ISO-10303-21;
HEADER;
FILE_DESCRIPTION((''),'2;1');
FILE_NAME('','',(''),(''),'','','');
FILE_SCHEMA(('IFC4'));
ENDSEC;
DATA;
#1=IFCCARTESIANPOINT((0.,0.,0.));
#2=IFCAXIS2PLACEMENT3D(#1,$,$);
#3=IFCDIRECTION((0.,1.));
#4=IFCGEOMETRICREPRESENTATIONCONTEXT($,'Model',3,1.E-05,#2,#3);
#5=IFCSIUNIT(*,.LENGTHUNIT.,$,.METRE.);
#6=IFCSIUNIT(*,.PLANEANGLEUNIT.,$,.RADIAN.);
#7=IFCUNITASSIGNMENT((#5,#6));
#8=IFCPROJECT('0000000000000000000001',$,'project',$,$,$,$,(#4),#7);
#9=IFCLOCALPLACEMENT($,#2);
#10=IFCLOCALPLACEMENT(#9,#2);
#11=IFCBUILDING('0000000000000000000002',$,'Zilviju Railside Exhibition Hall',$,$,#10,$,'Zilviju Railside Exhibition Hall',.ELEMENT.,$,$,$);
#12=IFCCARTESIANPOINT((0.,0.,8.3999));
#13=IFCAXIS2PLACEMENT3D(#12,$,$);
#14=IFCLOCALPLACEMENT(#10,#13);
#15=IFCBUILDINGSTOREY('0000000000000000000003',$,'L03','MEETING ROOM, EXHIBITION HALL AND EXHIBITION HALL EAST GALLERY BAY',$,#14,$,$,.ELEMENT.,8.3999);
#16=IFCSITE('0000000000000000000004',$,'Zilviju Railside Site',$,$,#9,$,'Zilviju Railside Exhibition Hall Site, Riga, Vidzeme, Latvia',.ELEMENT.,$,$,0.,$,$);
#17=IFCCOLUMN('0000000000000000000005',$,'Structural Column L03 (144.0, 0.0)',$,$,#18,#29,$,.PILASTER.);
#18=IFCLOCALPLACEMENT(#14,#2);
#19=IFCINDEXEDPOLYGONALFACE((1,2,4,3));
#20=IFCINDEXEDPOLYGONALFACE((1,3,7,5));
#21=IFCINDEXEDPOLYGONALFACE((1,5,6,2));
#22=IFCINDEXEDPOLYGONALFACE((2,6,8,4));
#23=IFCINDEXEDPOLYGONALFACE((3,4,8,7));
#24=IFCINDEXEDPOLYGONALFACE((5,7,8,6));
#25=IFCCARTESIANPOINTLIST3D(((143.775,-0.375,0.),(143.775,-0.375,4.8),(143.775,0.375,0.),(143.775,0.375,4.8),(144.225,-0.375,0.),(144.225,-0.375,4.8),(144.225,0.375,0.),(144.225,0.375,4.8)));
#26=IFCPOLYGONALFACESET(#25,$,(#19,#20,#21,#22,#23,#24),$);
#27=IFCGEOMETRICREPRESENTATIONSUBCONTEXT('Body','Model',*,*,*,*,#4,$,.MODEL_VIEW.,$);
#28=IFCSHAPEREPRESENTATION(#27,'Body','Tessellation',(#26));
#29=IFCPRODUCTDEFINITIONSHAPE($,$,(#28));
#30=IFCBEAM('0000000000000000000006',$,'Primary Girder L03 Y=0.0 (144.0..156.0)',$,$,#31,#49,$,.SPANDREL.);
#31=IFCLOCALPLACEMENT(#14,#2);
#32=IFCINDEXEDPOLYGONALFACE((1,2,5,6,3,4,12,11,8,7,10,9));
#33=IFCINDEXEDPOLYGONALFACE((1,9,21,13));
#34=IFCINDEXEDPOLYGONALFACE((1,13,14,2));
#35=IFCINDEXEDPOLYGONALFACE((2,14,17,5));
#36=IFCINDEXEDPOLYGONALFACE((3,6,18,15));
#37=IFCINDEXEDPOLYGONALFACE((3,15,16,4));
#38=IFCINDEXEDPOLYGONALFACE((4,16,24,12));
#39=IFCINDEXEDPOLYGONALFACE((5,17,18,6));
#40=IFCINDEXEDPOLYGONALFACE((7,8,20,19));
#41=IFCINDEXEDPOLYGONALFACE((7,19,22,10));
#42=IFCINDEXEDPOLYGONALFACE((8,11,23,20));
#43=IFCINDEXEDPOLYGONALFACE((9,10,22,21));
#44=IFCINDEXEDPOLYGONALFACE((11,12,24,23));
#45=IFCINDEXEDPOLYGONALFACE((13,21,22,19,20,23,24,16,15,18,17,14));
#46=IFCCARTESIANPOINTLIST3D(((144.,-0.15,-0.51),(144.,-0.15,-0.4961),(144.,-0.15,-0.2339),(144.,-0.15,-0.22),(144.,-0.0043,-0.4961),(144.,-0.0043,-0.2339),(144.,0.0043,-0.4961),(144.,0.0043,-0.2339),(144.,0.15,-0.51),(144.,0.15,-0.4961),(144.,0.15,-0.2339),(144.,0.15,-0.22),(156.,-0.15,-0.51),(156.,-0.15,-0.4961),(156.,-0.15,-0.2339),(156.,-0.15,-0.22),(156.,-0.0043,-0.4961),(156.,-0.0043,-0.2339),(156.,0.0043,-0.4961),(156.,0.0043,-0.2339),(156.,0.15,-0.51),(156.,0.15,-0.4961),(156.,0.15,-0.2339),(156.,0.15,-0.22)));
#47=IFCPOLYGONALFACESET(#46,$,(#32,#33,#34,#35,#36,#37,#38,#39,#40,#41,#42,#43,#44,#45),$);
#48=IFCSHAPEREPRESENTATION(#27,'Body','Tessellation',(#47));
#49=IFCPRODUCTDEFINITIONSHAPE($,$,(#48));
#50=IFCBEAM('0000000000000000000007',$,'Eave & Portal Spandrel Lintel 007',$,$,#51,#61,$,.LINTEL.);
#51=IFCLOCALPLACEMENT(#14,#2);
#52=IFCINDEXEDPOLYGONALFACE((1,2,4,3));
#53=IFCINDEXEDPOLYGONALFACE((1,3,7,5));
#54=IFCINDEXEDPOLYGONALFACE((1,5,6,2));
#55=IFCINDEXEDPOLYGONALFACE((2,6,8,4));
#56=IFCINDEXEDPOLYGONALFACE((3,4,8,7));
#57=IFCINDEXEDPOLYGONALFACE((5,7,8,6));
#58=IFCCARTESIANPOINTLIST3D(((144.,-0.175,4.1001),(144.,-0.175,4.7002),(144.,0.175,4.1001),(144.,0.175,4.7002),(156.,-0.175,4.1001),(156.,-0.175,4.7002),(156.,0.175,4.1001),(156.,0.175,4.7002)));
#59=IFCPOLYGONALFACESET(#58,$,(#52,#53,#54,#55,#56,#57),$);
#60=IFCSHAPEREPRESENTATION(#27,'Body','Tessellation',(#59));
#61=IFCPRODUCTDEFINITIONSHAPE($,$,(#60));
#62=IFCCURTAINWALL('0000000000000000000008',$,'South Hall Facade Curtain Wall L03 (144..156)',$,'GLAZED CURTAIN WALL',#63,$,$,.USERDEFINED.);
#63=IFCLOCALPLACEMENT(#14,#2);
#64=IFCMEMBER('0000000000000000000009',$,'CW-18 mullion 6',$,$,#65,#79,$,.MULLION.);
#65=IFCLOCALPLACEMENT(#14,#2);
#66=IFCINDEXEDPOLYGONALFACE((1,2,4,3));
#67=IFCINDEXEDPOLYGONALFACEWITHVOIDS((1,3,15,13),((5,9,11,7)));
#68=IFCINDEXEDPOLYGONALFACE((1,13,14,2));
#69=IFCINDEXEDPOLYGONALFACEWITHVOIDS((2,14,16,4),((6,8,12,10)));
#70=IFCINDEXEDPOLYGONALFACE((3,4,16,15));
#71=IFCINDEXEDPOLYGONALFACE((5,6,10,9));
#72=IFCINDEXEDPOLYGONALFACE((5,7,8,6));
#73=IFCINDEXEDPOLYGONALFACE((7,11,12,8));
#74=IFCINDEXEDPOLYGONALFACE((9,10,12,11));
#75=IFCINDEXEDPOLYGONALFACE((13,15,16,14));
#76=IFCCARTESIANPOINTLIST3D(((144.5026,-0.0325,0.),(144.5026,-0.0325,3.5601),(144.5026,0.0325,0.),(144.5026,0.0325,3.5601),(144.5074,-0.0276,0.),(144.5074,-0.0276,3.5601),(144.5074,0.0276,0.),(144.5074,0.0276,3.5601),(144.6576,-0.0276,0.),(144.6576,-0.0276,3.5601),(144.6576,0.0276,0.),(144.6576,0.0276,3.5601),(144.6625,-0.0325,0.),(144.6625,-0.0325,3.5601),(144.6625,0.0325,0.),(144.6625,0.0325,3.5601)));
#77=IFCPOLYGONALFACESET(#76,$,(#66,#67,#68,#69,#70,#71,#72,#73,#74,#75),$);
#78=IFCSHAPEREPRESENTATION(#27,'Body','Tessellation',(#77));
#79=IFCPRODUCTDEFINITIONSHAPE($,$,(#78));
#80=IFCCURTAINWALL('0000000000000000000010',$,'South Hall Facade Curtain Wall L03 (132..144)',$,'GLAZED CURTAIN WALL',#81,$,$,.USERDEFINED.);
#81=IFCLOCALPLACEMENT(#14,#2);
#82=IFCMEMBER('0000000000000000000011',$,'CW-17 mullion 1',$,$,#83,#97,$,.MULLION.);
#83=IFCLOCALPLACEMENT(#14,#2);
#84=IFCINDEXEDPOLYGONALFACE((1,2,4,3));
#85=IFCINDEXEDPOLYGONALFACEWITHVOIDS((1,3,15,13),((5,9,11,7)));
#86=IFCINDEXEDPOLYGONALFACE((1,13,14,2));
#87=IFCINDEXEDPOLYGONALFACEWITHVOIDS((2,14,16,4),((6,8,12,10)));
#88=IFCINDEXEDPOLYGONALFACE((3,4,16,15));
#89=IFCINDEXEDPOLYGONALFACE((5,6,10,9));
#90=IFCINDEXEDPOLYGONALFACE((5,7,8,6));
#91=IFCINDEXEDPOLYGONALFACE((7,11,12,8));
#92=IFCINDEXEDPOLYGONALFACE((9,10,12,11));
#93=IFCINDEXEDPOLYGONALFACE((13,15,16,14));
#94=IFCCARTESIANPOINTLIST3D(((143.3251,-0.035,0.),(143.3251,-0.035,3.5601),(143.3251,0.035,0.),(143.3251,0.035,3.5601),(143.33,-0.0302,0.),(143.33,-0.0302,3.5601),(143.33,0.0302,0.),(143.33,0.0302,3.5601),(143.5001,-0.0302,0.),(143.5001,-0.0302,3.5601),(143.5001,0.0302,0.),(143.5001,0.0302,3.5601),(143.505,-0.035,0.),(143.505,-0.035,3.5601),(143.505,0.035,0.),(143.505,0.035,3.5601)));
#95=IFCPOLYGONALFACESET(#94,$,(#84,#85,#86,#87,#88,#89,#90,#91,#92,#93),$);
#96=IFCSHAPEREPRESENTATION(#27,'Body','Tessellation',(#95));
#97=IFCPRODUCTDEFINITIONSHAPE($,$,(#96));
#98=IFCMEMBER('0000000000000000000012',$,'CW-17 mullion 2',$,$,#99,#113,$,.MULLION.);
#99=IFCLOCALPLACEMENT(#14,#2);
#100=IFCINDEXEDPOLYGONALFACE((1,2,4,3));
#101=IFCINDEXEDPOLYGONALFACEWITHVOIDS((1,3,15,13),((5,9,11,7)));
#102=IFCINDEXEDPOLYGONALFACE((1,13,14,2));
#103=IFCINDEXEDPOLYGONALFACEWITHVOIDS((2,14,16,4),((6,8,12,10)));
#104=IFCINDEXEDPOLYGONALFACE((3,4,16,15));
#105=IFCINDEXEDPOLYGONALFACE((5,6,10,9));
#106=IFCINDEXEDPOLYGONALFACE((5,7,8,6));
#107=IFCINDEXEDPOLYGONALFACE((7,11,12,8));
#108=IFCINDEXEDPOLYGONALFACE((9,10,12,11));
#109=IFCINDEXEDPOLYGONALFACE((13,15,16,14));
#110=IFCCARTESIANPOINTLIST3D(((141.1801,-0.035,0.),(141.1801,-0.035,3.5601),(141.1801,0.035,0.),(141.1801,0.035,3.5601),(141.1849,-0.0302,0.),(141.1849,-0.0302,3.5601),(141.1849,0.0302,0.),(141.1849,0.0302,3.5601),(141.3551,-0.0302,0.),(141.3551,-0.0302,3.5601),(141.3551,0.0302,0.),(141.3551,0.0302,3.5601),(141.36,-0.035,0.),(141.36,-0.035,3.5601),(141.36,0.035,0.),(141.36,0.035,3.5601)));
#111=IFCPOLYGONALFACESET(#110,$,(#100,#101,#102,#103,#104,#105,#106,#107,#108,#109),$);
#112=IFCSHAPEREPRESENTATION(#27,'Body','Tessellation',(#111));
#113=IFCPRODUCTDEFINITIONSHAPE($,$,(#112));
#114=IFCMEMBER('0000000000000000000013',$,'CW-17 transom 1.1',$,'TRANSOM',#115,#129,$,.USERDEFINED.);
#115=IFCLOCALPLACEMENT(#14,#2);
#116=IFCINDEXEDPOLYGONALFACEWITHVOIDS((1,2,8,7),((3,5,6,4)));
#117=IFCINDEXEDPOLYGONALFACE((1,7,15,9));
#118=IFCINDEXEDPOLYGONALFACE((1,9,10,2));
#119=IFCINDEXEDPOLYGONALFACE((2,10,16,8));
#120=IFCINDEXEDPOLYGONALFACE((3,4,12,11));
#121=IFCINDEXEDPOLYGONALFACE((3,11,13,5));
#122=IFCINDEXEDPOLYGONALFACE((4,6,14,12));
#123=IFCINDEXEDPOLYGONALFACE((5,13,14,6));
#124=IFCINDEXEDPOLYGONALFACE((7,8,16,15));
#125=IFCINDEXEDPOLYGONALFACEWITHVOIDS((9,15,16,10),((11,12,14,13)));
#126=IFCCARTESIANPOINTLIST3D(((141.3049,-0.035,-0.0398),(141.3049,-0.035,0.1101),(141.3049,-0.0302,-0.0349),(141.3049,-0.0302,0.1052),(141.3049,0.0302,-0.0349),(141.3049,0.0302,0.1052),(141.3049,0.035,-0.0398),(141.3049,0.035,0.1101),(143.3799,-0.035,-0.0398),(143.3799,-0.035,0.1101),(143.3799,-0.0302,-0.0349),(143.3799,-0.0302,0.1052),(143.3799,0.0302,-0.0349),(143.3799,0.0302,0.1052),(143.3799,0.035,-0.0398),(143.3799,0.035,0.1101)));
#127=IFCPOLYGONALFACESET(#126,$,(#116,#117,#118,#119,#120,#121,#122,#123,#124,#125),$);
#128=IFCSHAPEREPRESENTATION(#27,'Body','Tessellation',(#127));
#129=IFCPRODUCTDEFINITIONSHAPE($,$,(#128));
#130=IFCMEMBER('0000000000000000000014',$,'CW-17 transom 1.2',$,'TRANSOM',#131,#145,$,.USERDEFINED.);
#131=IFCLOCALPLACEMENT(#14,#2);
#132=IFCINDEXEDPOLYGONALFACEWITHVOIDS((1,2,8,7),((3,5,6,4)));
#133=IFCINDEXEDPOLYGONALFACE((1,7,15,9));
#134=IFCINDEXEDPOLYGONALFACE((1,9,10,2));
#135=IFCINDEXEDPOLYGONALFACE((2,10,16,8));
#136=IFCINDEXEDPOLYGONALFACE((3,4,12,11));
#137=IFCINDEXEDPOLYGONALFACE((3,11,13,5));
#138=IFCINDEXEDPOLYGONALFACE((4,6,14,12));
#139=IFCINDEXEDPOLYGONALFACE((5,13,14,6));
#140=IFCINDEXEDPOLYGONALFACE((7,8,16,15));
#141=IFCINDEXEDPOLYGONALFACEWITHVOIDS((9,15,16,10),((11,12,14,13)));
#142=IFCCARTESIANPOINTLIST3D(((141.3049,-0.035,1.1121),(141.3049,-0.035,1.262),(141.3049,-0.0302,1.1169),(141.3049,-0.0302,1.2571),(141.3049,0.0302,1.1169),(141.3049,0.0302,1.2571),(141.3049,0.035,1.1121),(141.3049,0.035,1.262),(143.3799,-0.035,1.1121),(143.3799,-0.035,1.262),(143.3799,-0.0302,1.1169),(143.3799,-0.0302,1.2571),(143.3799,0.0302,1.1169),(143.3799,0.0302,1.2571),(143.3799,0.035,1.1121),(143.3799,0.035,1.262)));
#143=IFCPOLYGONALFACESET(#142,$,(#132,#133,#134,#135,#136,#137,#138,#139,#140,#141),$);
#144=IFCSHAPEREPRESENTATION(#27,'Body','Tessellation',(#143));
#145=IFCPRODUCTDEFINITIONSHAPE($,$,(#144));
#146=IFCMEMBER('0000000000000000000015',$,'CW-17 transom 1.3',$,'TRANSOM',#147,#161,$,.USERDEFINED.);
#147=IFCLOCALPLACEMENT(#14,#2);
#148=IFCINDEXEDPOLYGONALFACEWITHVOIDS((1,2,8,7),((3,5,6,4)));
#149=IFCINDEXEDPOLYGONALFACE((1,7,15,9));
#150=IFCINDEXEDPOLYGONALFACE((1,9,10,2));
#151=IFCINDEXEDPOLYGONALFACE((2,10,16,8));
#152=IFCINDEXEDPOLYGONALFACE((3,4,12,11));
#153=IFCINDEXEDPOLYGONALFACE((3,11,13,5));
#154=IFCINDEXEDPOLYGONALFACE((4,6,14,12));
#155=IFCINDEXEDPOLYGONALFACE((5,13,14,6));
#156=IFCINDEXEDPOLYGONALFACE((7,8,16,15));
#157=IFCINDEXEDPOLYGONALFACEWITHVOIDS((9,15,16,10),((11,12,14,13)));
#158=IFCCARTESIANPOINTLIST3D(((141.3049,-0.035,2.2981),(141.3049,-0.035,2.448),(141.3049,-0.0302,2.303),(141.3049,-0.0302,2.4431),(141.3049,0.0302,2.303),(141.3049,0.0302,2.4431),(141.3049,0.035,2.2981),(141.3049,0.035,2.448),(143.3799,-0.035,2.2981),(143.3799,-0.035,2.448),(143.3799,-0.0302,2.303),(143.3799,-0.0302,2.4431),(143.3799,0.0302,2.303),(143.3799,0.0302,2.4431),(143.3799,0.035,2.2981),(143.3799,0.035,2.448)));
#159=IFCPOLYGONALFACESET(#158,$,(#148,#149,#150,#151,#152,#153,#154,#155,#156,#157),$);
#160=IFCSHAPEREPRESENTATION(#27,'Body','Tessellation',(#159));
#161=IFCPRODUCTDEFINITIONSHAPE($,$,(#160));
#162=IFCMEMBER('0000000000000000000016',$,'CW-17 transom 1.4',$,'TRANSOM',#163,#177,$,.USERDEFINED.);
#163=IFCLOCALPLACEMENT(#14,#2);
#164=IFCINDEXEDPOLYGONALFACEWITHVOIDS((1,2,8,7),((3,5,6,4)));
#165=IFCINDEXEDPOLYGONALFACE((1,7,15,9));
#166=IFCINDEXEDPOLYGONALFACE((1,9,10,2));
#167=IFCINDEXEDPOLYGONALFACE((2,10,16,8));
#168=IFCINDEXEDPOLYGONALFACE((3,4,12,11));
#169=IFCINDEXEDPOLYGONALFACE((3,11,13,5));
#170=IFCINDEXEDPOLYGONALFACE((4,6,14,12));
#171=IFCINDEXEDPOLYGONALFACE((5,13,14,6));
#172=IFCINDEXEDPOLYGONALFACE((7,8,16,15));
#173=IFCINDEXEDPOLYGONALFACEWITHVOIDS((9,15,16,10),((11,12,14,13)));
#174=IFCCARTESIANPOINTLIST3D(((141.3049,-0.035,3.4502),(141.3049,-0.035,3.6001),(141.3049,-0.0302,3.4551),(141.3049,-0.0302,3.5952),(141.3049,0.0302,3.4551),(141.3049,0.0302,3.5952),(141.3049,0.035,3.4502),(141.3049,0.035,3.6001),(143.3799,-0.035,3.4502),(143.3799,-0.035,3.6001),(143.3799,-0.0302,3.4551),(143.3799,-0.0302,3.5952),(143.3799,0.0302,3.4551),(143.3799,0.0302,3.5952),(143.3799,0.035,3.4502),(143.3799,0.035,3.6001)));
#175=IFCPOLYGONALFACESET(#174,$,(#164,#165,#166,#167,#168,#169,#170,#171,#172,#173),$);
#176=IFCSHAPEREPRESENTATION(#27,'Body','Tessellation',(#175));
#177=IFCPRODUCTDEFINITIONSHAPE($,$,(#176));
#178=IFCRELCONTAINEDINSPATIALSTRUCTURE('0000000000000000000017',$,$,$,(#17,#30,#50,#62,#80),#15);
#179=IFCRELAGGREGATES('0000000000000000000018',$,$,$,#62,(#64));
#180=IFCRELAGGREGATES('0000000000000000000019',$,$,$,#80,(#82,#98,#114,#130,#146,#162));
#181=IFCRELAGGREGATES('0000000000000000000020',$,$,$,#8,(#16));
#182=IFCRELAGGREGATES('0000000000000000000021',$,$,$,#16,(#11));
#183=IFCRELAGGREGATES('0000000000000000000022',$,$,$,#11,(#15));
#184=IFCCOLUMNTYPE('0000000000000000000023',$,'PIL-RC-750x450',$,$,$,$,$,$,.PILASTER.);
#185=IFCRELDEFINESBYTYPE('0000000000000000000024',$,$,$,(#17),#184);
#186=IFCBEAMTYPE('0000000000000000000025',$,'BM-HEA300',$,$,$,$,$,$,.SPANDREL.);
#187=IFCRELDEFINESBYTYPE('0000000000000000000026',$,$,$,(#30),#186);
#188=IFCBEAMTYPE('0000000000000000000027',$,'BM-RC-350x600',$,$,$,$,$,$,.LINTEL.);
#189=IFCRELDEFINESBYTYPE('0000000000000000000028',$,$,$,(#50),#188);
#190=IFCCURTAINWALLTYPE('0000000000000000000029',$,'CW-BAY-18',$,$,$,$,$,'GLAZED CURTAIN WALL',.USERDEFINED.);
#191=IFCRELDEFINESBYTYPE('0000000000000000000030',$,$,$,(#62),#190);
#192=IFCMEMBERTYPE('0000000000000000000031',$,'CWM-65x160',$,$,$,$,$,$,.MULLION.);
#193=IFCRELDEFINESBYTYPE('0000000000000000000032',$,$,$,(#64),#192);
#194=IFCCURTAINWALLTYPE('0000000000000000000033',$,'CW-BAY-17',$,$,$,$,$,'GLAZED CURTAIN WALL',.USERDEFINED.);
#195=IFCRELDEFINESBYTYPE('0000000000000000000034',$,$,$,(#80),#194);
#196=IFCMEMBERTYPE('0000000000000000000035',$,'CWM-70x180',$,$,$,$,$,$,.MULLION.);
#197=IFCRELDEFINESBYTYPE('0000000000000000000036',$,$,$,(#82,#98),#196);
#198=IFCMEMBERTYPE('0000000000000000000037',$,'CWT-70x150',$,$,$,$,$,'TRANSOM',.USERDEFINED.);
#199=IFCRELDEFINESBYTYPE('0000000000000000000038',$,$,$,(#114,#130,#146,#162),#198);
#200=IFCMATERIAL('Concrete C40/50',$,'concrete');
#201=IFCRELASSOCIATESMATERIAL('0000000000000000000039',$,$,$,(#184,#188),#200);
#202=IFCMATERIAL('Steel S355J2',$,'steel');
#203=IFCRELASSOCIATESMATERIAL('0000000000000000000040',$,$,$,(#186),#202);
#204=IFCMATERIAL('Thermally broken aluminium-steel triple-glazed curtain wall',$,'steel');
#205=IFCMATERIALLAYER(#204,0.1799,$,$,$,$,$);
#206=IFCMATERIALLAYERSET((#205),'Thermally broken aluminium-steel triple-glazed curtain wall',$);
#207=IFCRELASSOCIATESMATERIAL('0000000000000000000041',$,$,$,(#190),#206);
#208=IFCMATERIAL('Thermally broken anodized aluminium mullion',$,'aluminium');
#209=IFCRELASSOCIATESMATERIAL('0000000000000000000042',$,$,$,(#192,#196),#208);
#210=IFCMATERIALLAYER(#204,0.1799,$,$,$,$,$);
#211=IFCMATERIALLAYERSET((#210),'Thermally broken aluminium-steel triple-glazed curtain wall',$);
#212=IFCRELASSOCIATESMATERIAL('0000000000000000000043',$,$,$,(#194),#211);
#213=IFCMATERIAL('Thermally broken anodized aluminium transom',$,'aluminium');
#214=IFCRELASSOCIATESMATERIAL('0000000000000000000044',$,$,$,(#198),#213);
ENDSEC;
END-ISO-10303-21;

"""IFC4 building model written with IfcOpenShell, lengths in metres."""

from ifc_helpers import new_model, si_unit, direction, frame, origin, origin_2d, place, context, subcontext, project, spatial, rectangle, hollow_rectangle, i_section, extrude, material, layer, layer_set, material_profile, profile_set, type_object, element, aggregate, save


model = new_model("IFC4")

# Units and contexts
model_context = context("Model", 3, precision=1e-05, world=origin(), true_north=direction((0.0, 1.0)))
body_context = subcontext(model_context, "Body", "Model", "MODEL_VIEW")
ifc_project = project(units=[si_unit("LENGTHUNIT", "METRE"), si_unit("PLANEANGLEUNIT", "RADIAN")], contexts=[model_context])

# Site, building, storey
site_placement = place(None, origin())
site = spatial("IfcSite", under=ifc_project, at=site_placement, Name="Zilviju Railside Site", LongName="Zilviju Railside Exhibition Hall Site, Riga, Vidzeme, Latvia", CompositionType="ELEMENT", RefElevation=0.0)
building_placement = place(site_placement, origin())
building = spatial("IfcBuilding", under=site, at=building_placement, Name="Zilviju Railside Exhibition Hall", LongName="Zilviju Railside Exhibition Hall", CompositionType="ELEMENT")
storey_placement = place(building_placement, frame((0.0, 0.0, 8.3999)))
storey = spatial("IfcBuildingStorey", under=building, at=storey_placement, Name="L03", Description="MEETING ROOM, EXHIBITION HALL AND EXHIBITION HALL EAST GALLERY BAY", CompositionType="ELEMENT", Elevation=8.3999)

# Column
ifc_material_1 = material(Name="Concrete C40/50", Category="concrete")
ifc_material_profile_1 = material_profile(ifc_material_1, rectangle(XDim=0.45, YDim=0.75, at=origin_2d()), Name="RC COL 450x750")
ifc_profile_set_1 = profile_set([ifc_material_profile_1], Name="Concrete C40/50")
column_type = type_object("IfcColumnType", Name="PIL-RC-750x450", PredefinedType="PILASTER", material=ifc_profile_set_1)
column_placement = place(storey_placement, frame((144.0, 0.0, 0.0), z_axis=(0.0, 0.0, 1.0), x_axis=(1.0, 0.0, 0.0)))
element("IfcColumn", 1, at=column_placement, inside=storey, type_object=column_type, Name="Structural Column L03 (144.0, 0.0)", PredefinedType="PILASTER", context=body_context, shape_type="SweptSolid", body=[
    extrude(rectangle(XDim=0.45, YDim=0.75, at=origin_2d()), origin(), (0.0, 0.0, 1.0), 4.8),
])

# Beams
ifc_material_2 = material(Name="Steel S355J2", Category="steel")
ifc_material_profile_2 = material_profile(ifc_material_2, i_section(OverallWidth=0.3, OverallDepth=0.29, WebThickness=0.0085, FlangeThickness=0.0139, at=origin_2d()), Name="HEA 300")
ifc_profile_set_2 = profile_set([ifc_material_profile_2], Name="Steel S355J2")
beam_type_1 = type_object("IfcBeamType", Name="BM-HEA300", PredefinedType="SPANDREL", material=ifc_profile_set_2)
beam_1_placement = place(storey_placement, frame((144.0, 0.0, -0.365), z_axis=(1.0, 0.0, 0.0), x_axis=(0.0, 1.0, 0.0)))
element("IfcBeam", 2, at=beam_1_placement, inside=storey, type_object=beam_type_1, Name="Primary Girder L03 Y=0.0 (144.0..156.0)", PredefinedType="SPANDREL", context=body_context, shape_type="SweptSolid", body=[
    extrude(i_section(OverallWidth=0.3, OverallDepth=0.29, WebThickness=0.0085, FlangeThickness=0.0139, at=origin_2d()), origin(), (0.0, 0.0, 1.0), 12.0),
])
ifc_material_profile_3 = material_profile(ifc_material_1, rectangle(XDim=0.3501, YDim=0.6001, at=origin_2d()), Name="RC BEAM 350x600")
ifc_profile_set_3 = profile_set([ifc_material_profile_3], Name="Concrete C40/50")
beam_type_2 = type_object("IfcBeamType", Name="BM-RC-350x600", PredefinedType="LINTEL", material=ifc_profile_set_3)
beam_2_placement = place(storey_placement, frame((144.0, 0.0, 4.4001), z_axis=(1.0, 0.0, 0.0), x_axis=(0.0, 1.0, 0.0)))
element("IfcBeam", 3, at=beam_2_placement, inside=storey, type_object=beam_type_2, Name="Eave & Portal Spandrel Lintel 007", PredefinedType="LINTEL", context=body_context, shape_type="SweptSolid", body=[
    extrude(rectangle(XDim=0.3501, YDim=0.6001, at=origin_2d()), origin(), (0.0, 0.0, 1.0), 12.0),
])

# Curtain wall, member
ifc_material_3 = material(Name="Thermally broken aluminium-steel triple-glazed curtain wall", Category="steel")
ifc_layer_1 = layer(ifc_material_3, 0.1799)
ifc_layer_set_1 = layer_set([ifc_layer_1], Name="Thermally broken aluminium-steel triple-glazed curtain wall")
curtain_wall_type_1 = type_object("IfcCurtainWallType", Name="CW-BAY-18", ElementType="GLAZED CURTAIN WALL", PredefinedType="USERDEFINED", material=ifc_layer_set_1)
curtain_wall_1_placement = place(storey_placement, origin())
curtain_wall_1 = element("IfcCurtainWall", 4, at=curtain_wall_1_placement, inside=storey, type_object=curtain_wall_type_1, Name="South Hall Facade Curtain Wall L03 (144..156)", ObjectType="GLAZED CURTAIN WALL", PredefinedType="USERDEFINED")
ifc_material_4 = material(Name="Thermally broken anodized aluminium mullion", Category="aluminium")
ifc_material_profile_4 = material_profile(ifc_material_4, hollow_rectangle(XDim=0.0649, YDim=0.1599, WallThickness=0.0049, at=origin_2d()), Name="MULLION 160x65x5")
ifc_profile_set_4 = profile_set([ifc_material_profile_4], Name="Thermally broken anodized aluminium mullion")
member_type_1 = type_object("IfcMemberType", Name="CWM-65x160", PredefinedType="MULLION", material=ifc_profile_set_4)
member_1_placement = place(storey_placement, frame((144.5825, 0.0, 0.0), z_axis=(0.0, 0.0, 1.0), x_axis=(0.0, -1.0, 0.0)))
member_1 = element("IfcMember", 5, at=member_1_placement, type_object=member_type_1, Name="CW-18 mullion 6", PredefinedType="MULLION", context=body_context, shape_type="SweptSolid", body=[
    extrude(hollow_rectangle(XDim=0.0649, YDim=0.1599, WallThickness=0.0049, at=origin_2d()), origin(), (0.0, 0.0, 1.0), 3.5601),
])

# Curtain wall, members
ifc_layer_2 = layer(ifc_material_3, 0.1799)
ifc_layer_set_2 = layer_set([ifc_layer_2], Name="Thermally broken aluminium-steel triple-glazed curtain wall")
curtain_wall_type_2 = type_object("IfcCurtainWallType", Name="CW-BAY-17", ElementType="GLAZED CURTAIN WALL", PredefinedType="USERDEFINED", material=ifc_layer_set_2)
curtain_wall_2_placement = place(storey_placement, origin())
curtain_wall_2 = element("IfcCurtainWall", 6, at=curtain_wall_2_placement, inside=storey, type_object=curtain_wall_type_2, Name="South Hall Facade Curtain Wall L03 (132..144)", ObjectType="GLAZED CURTAIN WALL", PredefinedType="USERDEFINED")
ifc_material_profile_5 = material_profile(ifc_material_4, hollow_rectangle(XDim=0.0701, YDim=0.1799, WallThickness=0.0049, at=origin_2d()), Name="MULLION 180x70x5")
ifc_profile_set_5 = profile_set([ifc_material_profile_5], Name="Thermally broken anodized aluminium mullion")
member_type_2 = type_object("IfcMemberType", Name="CWM-70x180", PredefinedType="MULLION", material=ifc_profile_set_5)
member_2_placement = place(storey_placement, frame((143.415, 0.0, 0.0), z_axis=(0.0, 0.0, 1.0), x_axis=(0.0, -1.0, 0.0)))
member_2 = element("IfcMember", 7, at=member_2_placement, type_object=member_type_2, Name="CW-17 mullion 1", PredefinedType="MULLION", context=body_context, shape_type="SweptSolid", body=[
    extrude(hollow_rectangle(XDim=0.0701, YDim=0.1799, WallThickness=0.0049, at=origin_2d()), origin(), (0.0, 0.0, 1.0), 3.5601),
])
member_3_placement = place(storey_placement, frame((141.27, 0.0, 0.0), z_axis=(0.0, 0.0, 1.0), x_axis=(0.0, -1.0, 0.0)))
member_3 = element("IfcMember", 8, at=member_3_placement, type_object=member_type_2, Name="CW-17 mullion 2", PredefinedType="MULLION", context=body_context, shape_type="SweptSolid", body=[
    extrude(hollow_rectangle(XDim=0.0701, YDim=0.1799, WallThickness=0.0049, at=origin_2d()), origin(), (0.0, 0.0, 1.0), 3.5601),
])
ifc_material_5 = material(Name="Thermally broken anodized aluminium transom", Category="aluminium")
ifc_material_profile_6 = material_profile(ifc_material_5, hollow_rectangle(XDim=0.0701, YDim=0.1499, WallThickness=0.0049, at=origin_2d()), Name="TRANSOM 150x70x5")
ifc_profile_set_6 = profile_set([ifc_material_profile_6], Name="Thermally broken anodized aluminium transom")
member_type_3 = type_object("IfcMemberType", Name="CWT-70x150", ElementType="TRANSOM", PredefinedType="USERDEFINED", material=ifc_profile_set_6)
member_4_placement = place(storey_placement, frame((143.3799, 0.0, 0.0352), z_axis=(-1.0, 0.0, 0.0), x_axis=(0.0, -1.0, 0.0)))
member_4 = element("IfcMember", 9, at=member_4_placement, type_object=member_type_3, Name="CW-17 transom 1.1", ObjectType="TRANSOM", PredefinedType="USERDEFINED", context=body_context, shape_type="SweptSolid", body=[
    extrude(hollow_rectangle(XDim=0.0701, YDim=0.1499, WallThickness=0.0049, at=origin_2d()), origin(), (0.0, 0.0, 1.0), 2.075),
])
member_5_placement = place(storey_placement, frame((143.3799, 0.0, 1.187), z_axis=(-1.0, 0.0, 0.0), x_axis=(0.0, -1.0, 0.0)))
member_5 = element("IfcMember", 10, at=member_5_placement, type_object=member_type_3, Name="CW-17 transom 1.2", ObjectType="TRANSOM", PredefinedType="USERDEFINED", context=body_context, shape_type="SweptSolid", body=[
    extrude(hollow_rectangle(XDim=0.0701, YDim=0.1499, WallThickness=0.0049, at=origin_2d()), origin(), (0.0, 0.0, 1.0), 2.075),
])
member_6_placement = place(storey_placement, frame((143.3799, 0.0, 2.373), z_axis=(-1.0, 0.0, 0.0), x_axis=(0.0, -1.0, 0.0)))
member_6 = element("IfcMember", 11, at=member_6_placement, type_object=member_type_3, Name="CW-17 transom 1.3", ObjectType="TRANSOM", PredefinedType="USERDEFINED", context=body_context, shape_type="SweptSolid", body=[
    extrude(hollow_rectangle(XDim=0.0701, YDim=0.1499, WallThickness=0.0049, at=origin_2d()), origin(), (0.0, 0.0, 1.0), 2.075),
])
member_7_placement = place(storey_placement, frame((143.3799, 0.0, 3.5251), z_axis=(-1.0, 0.0, 0.0), x_axis=(0.0, -1.0, 0.0)))
member_7 = element("IfcMember", 12, at=member_7_placement, type_object=member_type_3, Name="CW-17 transom 1.4", ObjectType="TRANSOM", PredefinedType="USERDEFINED", context=body_context, shape_type="SweptSolid", body=[
    extrude(hollow_rectangle(XDim=0.0701, YDim=0.1499, WallThickness=0.0049, at=origin_2d()), origin(), (0.0, 0.0, 1.0), 2.075),
])

aggregate(curtain_wall_1, [member_1])
aggregate(curtain_wall_2, [member_2, member_3, member_4, member_5, member_6, member_7])

save(model, "model.ifc")
